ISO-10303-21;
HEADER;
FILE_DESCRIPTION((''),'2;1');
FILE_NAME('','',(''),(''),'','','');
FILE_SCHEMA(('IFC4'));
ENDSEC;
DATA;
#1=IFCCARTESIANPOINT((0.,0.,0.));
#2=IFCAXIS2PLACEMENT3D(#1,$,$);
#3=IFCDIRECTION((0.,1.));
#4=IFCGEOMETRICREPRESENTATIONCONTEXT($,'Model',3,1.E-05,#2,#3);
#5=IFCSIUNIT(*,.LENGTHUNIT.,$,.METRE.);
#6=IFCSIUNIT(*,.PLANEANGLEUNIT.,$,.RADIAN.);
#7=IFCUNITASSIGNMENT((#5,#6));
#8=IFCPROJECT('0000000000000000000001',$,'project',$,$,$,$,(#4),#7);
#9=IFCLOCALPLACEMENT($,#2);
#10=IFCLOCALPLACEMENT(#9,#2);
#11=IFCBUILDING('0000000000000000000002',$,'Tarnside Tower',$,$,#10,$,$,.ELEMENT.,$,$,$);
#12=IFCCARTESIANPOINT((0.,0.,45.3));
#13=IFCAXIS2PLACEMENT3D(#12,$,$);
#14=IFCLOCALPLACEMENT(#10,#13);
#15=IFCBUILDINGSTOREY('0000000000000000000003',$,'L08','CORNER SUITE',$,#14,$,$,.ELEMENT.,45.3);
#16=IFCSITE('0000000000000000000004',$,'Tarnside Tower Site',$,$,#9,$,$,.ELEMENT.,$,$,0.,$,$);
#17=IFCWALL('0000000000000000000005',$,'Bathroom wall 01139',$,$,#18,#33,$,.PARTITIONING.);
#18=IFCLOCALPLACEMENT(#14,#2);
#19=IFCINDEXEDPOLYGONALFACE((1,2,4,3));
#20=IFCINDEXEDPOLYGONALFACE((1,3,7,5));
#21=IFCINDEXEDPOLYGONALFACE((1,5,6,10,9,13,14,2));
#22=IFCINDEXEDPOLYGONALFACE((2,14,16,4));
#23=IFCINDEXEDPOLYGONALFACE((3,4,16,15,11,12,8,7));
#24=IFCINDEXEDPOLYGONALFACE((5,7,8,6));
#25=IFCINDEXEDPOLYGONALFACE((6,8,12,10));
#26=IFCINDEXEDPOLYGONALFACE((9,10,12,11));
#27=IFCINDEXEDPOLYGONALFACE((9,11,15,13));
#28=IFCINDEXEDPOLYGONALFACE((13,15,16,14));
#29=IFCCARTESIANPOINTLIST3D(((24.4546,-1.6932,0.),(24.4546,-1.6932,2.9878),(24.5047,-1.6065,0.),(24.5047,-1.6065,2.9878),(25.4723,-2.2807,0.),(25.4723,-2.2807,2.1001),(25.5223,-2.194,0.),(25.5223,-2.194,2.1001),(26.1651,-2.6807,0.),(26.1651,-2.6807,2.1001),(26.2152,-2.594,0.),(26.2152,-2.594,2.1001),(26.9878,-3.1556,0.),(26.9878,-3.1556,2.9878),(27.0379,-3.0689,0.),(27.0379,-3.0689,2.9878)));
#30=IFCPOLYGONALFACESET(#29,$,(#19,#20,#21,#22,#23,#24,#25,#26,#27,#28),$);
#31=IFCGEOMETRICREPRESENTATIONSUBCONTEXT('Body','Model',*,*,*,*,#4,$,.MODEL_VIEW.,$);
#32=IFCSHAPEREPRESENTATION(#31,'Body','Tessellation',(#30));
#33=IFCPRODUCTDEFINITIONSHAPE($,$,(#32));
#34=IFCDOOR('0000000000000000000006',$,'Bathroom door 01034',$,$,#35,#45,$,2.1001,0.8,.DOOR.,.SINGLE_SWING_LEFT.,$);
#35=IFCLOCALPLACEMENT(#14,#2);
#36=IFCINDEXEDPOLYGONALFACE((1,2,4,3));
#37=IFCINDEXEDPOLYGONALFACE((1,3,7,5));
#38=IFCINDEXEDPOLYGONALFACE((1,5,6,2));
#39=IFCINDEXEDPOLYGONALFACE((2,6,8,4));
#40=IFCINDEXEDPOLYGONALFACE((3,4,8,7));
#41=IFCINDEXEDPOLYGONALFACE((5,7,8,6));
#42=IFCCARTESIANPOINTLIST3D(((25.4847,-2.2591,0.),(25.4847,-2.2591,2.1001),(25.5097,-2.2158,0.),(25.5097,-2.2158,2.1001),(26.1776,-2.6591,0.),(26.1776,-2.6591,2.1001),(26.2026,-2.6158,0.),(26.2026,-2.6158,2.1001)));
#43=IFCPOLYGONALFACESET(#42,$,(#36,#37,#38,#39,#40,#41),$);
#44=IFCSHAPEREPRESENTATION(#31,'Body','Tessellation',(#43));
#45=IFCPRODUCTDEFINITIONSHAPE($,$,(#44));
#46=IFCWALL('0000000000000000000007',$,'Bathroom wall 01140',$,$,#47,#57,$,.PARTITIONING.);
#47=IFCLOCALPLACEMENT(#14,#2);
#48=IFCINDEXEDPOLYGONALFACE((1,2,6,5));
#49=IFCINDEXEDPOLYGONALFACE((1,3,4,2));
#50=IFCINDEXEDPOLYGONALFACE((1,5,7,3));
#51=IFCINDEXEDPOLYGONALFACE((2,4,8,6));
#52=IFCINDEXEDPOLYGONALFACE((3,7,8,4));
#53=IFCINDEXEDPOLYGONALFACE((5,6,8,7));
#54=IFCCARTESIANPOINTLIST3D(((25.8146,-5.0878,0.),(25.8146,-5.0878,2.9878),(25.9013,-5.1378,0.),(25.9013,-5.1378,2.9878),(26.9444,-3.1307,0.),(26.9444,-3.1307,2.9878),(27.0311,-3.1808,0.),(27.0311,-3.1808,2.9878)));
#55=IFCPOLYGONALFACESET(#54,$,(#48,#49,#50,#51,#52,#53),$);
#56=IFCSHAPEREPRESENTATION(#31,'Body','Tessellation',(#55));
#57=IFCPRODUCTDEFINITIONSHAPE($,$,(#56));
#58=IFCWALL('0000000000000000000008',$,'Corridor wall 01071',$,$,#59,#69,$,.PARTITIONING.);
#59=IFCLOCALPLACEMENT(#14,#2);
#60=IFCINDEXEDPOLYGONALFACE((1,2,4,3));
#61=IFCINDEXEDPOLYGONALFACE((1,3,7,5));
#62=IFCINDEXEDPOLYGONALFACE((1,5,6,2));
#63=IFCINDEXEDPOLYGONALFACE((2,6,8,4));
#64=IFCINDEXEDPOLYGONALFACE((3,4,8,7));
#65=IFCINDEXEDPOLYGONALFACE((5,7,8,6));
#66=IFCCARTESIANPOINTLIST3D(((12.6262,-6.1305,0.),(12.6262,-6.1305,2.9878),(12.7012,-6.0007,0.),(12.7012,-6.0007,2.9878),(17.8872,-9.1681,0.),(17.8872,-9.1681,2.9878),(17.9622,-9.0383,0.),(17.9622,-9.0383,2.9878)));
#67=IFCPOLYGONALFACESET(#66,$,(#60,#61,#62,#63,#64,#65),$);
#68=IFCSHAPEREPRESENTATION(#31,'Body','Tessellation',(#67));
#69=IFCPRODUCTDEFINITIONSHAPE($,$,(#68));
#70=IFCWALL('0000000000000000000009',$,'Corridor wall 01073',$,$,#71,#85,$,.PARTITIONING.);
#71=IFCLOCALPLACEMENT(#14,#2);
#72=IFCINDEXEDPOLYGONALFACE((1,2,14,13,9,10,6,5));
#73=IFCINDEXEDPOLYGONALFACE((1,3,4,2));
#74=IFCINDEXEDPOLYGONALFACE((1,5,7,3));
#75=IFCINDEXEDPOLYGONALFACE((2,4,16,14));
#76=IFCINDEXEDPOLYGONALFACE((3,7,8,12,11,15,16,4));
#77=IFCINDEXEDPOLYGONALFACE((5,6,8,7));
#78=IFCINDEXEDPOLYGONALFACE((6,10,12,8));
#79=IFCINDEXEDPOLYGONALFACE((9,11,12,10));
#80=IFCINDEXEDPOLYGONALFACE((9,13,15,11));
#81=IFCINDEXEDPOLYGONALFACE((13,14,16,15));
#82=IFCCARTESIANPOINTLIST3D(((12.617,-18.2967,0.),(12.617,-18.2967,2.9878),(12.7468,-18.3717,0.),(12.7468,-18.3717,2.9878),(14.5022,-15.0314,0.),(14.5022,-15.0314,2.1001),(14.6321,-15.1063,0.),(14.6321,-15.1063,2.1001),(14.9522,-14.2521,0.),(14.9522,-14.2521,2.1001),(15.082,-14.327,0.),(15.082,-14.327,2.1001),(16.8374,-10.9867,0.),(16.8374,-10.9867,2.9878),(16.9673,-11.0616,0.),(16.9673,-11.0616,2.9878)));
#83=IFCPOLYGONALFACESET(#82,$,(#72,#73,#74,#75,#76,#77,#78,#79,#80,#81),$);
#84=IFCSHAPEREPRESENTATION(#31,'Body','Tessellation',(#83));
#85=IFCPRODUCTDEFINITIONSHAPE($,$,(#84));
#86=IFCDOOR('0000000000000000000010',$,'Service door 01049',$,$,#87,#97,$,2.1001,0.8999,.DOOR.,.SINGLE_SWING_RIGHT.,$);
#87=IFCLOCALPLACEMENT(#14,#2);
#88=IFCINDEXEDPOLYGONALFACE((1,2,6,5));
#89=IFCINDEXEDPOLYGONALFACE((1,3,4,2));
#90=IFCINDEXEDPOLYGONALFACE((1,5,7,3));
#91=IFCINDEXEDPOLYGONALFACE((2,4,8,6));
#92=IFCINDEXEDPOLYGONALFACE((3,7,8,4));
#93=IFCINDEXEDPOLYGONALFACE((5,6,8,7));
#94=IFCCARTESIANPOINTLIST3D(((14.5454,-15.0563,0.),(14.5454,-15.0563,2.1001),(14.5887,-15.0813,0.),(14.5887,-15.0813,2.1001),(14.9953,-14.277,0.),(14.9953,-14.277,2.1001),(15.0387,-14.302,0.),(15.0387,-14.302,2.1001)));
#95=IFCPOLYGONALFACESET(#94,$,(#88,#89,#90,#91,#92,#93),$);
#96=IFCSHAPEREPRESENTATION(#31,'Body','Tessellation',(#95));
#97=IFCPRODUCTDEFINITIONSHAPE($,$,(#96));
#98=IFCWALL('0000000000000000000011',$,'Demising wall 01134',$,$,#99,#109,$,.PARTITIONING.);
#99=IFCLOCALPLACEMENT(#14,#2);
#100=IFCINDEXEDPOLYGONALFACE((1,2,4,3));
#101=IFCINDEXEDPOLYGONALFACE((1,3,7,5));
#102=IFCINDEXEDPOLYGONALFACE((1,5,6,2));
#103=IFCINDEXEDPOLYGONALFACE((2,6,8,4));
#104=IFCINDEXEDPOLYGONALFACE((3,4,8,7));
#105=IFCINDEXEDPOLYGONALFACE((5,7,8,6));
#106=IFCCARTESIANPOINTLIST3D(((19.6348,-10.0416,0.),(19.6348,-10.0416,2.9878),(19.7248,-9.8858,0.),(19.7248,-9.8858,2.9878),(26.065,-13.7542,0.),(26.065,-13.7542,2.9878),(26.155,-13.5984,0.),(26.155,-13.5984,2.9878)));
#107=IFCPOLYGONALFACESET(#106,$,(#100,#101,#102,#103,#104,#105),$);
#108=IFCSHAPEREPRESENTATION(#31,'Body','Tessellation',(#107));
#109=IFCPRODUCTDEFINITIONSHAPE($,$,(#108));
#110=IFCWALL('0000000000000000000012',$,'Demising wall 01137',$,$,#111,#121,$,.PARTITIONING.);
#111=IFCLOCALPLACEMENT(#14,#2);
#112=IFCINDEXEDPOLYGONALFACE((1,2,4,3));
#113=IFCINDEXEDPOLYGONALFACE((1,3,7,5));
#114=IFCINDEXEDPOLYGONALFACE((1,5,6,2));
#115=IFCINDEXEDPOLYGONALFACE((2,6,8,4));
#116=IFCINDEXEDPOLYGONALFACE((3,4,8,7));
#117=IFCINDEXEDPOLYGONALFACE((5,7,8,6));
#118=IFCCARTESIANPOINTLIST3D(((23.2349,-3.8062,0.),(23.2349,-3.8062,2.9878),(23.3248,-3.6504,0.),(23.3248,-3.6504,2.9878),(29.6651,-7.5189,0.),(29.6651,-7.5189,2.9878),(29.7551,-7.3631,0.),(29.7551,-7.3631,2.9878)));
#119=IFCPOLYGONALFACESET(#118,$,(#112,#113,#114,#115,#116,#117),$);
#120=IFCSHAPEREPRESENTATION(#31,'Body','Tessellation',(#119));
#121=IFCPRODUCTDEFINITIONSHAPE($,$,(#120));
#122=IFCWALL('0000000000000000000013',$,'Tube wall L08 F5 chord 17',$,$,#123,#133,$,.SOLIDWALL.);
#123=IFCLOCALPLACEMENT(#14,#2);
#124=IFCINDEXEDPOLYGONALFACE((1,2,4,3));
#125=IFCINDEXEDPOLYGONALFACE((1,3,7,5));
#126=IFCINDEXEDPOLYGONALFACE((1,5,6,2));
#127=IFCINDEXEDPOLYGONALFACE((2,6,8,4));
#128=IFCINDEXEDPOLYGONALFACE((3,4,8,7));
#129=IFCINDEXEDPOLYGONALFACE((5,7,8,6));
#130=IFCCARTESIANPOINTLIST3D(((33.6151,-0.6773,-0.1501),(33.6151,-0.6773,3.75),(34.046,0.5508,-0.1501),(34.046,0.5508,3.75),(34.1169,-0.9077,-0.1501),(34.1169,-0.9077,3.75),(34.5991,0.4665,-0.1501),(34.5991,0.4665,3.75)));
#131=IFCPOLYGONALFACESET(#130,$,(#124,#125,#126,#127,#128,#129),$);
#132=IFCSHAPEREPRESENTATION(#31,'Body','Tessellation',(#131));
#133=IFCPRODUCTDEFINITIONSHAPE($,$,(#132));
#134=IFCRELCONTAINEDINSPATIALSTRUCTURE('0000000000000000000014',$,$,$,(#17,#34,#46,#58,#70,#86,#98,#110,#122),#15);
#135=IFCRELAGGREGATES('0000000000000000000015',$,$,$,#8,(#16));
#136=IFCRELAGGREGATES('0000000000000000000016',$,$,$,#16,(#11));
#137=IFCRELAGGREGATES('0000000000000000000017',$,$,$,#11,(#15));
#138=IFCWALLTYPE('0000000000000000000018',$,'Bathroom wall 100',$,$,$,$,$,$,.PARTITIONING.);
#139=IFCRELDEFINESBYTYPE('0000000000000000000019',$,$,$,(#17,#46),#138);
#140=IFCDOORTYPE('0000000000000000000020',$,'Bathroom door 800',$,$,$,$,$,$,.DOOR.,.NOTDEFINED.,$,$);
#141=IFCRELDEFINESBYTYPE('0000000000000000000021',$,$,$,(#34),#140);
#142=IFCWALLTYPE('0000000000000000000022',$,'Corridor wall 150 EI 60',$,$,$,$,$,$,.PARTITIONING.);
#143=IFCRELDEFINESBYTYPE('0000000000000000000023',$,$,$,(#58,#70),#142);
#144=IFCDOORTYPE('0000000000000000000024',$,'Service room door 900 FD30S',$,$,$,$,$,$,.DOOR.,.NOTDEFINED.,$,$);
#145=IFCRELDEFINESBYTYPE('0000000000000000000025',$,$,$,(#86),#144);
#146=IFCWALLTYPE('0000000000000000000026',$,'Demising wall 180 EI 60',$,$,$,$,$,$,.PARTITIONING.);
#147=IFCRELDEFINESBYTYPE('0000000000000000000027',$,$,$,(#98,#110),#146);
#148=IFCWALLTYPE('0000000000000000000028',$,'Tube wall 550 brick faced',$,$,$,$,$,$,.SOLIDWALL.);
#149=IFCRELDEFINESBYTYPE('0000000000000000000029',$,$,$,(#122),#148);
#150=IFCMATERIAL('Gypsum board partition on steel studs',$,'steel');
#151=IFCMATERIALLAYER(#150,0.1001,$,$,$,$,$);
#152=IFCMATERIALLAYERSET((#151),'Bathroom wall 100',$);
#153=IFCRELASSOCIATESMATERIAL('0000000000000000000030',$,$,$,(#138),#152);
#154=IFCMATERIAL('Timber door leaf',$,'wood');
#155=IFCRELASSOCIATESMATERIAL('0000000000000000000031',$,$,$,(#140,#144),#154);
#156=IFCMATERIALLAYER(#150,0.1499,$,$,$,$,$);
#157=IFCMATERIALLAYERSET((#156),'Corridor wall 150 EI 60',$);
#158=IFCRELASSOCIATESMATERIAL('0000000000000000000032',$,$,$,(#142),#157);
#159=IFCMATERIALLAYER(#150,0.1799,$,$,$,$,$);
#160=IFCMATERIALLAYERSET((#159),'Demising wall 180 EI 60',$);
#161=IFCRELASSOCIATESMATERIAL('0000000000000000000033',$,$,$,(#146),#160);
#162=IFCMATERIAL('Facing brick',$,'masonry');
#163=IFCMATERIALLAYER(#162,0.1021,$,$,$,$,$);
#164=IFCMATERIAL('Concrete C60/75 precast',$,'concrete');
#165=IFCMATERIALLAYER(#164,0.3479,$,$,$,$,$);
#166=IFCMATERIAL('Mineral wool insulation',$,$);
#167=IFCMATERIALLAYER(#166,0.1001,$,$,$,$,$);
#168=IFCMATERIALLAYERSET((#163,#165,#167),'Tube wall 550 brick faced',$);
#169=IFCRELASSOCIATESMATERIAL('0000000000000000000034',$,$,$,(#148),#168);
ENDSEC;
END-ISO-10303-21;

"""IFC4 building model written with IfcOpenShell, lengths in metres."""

from ifc_helpers import new_model, si_unit, direction, frame, frame_2d, origin, place, context, subcontext, project, spatial, polyline, rectangle, outline, extrude, material, layer, layer_set, type_object, element, fill, save


model = new_model("IFC4")

# Units and contexts
model_context = context("Model", 3, precision=1e-05, world=origin(), true_north=direction((0.0, 1.0)))
body_context = subcontext(model_context, "Body", "Model", "MODEL_VIEW")
ifc_project = project(units=[si_unit("LENGTHUNIT", "METRE"), si_unit("PLANEANGLEUNIT", "RADIAN")], contexts=[model_context])

# Site, building, storey
site_placement = place(None, origin())
site = spatial("IfcSite", under=ifc_project, at=site_placement, Name="Tarnside Tower Site", CompositionType="ELEMENT", RefElevation=0.0)
building_placement = place(site_placement, origin())
building = spatial("IfcBuilding", under=site, at=building_placement, Name="Tarnside Tower", CompositionType="ELEMENT")
storey_placement = place(building_placement, frame((0.0, 0.0, 45.3)))
storey = spatial("IfcBuildingStorey", under=building, at=storey_placement, Name="L08", Description="CORNER SUITE", CompositionType="ELEMENT", Elevation=45.3)

# Shared definitions
ifc_material_1 = material(Name="Gypsum board partition on steel studs", Category="steel")
ifc_layer_1 = layer(ifc_material_1, 0.1001)
ifc_layer_set_1 = layer_set([ifc_layer_1], Name="Bathroom wall 100")
wall_type_1 = type_object("IfcWallType", Name="Bathroom wall 100", PredefinedType="PARTITIONING", material=ifc_layer_set_1)
ifc_material_2 = material(Name="Timber door leaf", Category="wood")
door_type_1 = type_object("IfcDoorType", Name="Bathroom door 800", OperationType="NOTDEFINED", PredefinedType="DOOR", material=ifc_material_2)

# Wall, opening, door
wall_1_placement = place(storey_placement, frame((24.4797, -1.6499, 0.0), z_axis=(0.0, 0.0, 1.0), x_axis=(0.866047, -0.499963, 0.0)))
wall_1 = element("IfcWall", 1, at=wall_1_placement, inside=storey, type_object=wall_type_1, Name="Bathroom wall 01139", PredefinedType="PARTITIONING", context=body_context, shape_type="SweptSolid", body=[
    extrude(rectangle(XDim=2.925, YDim=0.1001, at=frame_2d((1.4624, 0.0))), origin(), (0.0, 0.0, 1.0), 2.9878),
])
opening_1_placement = place(wall_1_placement, frame((1.175, 0.0, 0.0)))
opening_1 = element("IfcOpeningElement", 2, at=opening_1_placement, cuts=wall_1, PredefinedType="OPENING", context=body_context, shape_type="SweptSolid", body=[
    extrude(rectangle(XDim=0.8, YDim=2.1001, at=frame_2d((0.3999, 1.05))), frame((0.0, 0.0601, 0.0), z_axis=(0.0, -1.0, 0.0), x_axis=(1.0, 0.0, 0.0)), (0.0, 0.0, 1.0), 0.1201),
])
door_1_placement = place(opening_1_placement, origin())
door_1 = element("IfcDoor", 3, at=door_1_placement, inside=storey, type_object=door_type_1, Name="Bathroom door 01034", OperationType="SINGLE_SWING_LEFT", OverallHeight=2.1001, OverallWidth=0.8, PredefinedType="DOOR", context=body_context, shape_type="SweptSolid", body=[
    extrude(rectangle(XDim=0.8, YDim=2.1001, at=frame_2d((0.3999, 1.05))), frame((0.0, 0.0249, 0.0), z_axis=(0.0, -1.0, 0.0), x_axis=(1.0, 0.0, 0.0)), (0.0, 0.0, 1.0), 0.05),
])
fill(opening_1, door_1)

# Walls
wall_2_placement = place(storey_placement, frame((26.9878, -3.1558, 0.0), z_axis=(0.0, 0.0, 1.0), x_axis=(-0.499997, -0.866027, 0.0)))
element("IfcWall", 4, at=wall_2_placement, inside=storey, type_object=wall_type_1, Name="Bathroom wall 01140", PredefinedType="PARTITIONING", context=body_context, shape_type="SweptSolid", body=[
    extrude(rectangle(XDim=2.2598, YDim=0.1001, at=frame_2d((1.1299, 0.0))), origin(), (0.0, 0.0, 1.0), 2.9878),
])
ifc_layer_2 = layer(ifc_material_1, 0.1499)
ifc_layer_set_2 = layer_set([ifc_layer_2], Name="Corridor wall 150 EI 60")
wall_type_2 = type_object("IfcWallType", Name="Corridor wall 150 EI 60", PredefinedType="PARTITIONING", material=ifc_layer_set_2)
wall_3_placement = place(storey_placement, frame((17.9248, -9.1033, 0.0), z_axis=(0.0, 0.0, 1.0), x_axis=(-0.866014, 0.50002, 0.0)))
element("IfcWall", 5, at=wall_3_placement, inside=storey, type_object=wall_type_2, Name="Corridor wall 01071", PredefinedType="PARTITIONING", context=body_context, shape_type="SweptSolid", body=[
    extrude(rectangle(XDim=6.075, YDim=0.1499, at=frame_2d((3.0376, 0.0))), origin(), (0.0, 0.0, 1.0), 2.9878),
])

# Wall, opening, door
wall_4_placement = place(storey_placement, frame((16.9023, -11.0242, 0.0), z_axis=(0.0, 0.0, 1.0), x_axis=(-0.5, -0.866026, 0.0)))
wall_4 = element("IfcWall", 6, at=wall_4_placement, inside=storey, type_object=wall_type_2, Name="Corridor wall 01073", PredefinedType="PARTITIONING", context=body_context, shape_type="SweptSolid", body=[
    extrude(rectangle(XDim=8.4409, YDim=0.1499, at=frame_2d((4.2205, 0.0))), origin(), (0.0, 0.0, 1.0), 2.9878),
])
opening_2_placement = place(wall_4_placement, frame((3.7705, 0.0, 0.0)))
opening_2 = element("IfcOpeningElement", 7, at=opening_2_placement, cuts=wall_4, PredefinedType="OPENING", context=body_context, shape_type="SweptSolid", body=[
    extrude(rectangle(XDim=0.8999, YDim=2.1001, at=frame_2d((0.45, 1.05))), frame((0.0, 0.085, 0.0), z_axis=(0.0, -1.0, 0.0), x_axis=(1.0, 0.0, 0.0)), (0.0, 0.0, 1.0), 0.1699),
])
door_type_2 = type_object("IfcDoorType", Name="Service room door 900 FD30S", OperationType="NOTDEFINED", PredefinedType="DOOR", material=ifc_material_2)
door_2_placement = place(opening_2_placement, origin())
door_2 = element("IfcDoor", 8, at=door_2_placement, inside=storey, type_object=door_type_2, Name="Service door 01049", OperationType="SINGLE_SWING_RIGHT", OverallHeight=2.1001, OverallWidth=0.8999, PredefinedType="DOOR", context=body_context, shape_type="SweptSolid", body=[
    extrude(rectangle(XDim=0.8999, YDim=2.1001, at=frame_2d((0.45, 1.05))), frame((0.0, 0.0249, 0.0), z_axis=(0.0, -1.0, 0.0), x_axis=(1.0, 0.0, 0.0)), (0.0, 0.0, 1.0), 0.05),
])
fill(opening_2, door_2)

# Walls
ifc_layer_3 = layer(ifc_material_1, 0.1799)
ifc_layer_set_3 = layer_set([ifc_layer_3], Name="Demising wall 180 EI 60")
wall_type_3 = type_object("IfcWallType", Name="Demising wall 180 EI 60", PredefinedType="PARTITIONING", material=ifc_layer_set_3)
for number, where, z_axis, x_axis, name in (
    (9, (26.1099, -13.6763, 0.0), (0.0, 0.0, 1.0), (-0.866015, 0.500018, 0.0), "Demising wall 01134"),
    (10, (29.71, -7.4409, 0.0), (0.0, 0.0, 1.0), (-0.866015, 0.500018, 0.0), "Demising wall 01137"),
):
    element("IfcWall", number, at=place(storey_placement, frame(where, z_axis=z_axis, x_axis=x_axis)), inside=storey, type_object=wall_type_3, Name=name, PredefinedType="PARTITIONING", context=body_context, shape_type="SweptSolid", body=[
        extrude(rectangle(XDim=7.425, YDim=0.1799, at=frame_2d((3.7124, 0.0))), origin(), (0.0, 0.0, 1.0), 2.9878),
    ])
ifc_material_3 = material(Name="Facing brick", Category="masonry")
ifc_layer_4 = layer(ifc_material_3, 0.1021)
ifc_material_4 = material(Name="Concrete C60/75 precast", Category="concrete")
ifc_layer_5 = layer(ifc_material_4, 0.3479)
ifc_material_5 = material(Name="Mineral wool insulation")
ifc_layer_6 = layer(ifc_material_5, 0.1001)
ifc_layer_set_4 = layer_set([ifc_layer_4, ifc_layer_5, ifc_layer_6], Name="Tube wall 550 brick faced")
wall_type_4 = type_object("IfcWallType", Name="Tube wall 550 brick faced", PredefinedType="SOLIDWALL", material=ifc_layer_set_4)
wall_5_placement = place(storey_placement, frame((33.866, -0.7925, -0.1501), z_axis=(0.0, 0.0, 1.0), x_axis=(0.331115, 0.94359, 0.0)))
element("IfcWall", 11, at=wall_5_placement, inside=storey, type_object=wall_type_4, Name="Tube wall L08 F5 chord 17", PredefinedType="SOLIDWALL", context=body_context, shape_type="SweptSolid", body=[
    extrude(outline(polyline([(-0.0256, -0.2749), (1.4307, -0.2749), (1.3271, 0.2749), (0.0256, 0.2749), (-0.0256, -0.2749)])), origin(), (0.0, 0.0, 1.0), 3.9001),
])

save(model, "model.ifc")
